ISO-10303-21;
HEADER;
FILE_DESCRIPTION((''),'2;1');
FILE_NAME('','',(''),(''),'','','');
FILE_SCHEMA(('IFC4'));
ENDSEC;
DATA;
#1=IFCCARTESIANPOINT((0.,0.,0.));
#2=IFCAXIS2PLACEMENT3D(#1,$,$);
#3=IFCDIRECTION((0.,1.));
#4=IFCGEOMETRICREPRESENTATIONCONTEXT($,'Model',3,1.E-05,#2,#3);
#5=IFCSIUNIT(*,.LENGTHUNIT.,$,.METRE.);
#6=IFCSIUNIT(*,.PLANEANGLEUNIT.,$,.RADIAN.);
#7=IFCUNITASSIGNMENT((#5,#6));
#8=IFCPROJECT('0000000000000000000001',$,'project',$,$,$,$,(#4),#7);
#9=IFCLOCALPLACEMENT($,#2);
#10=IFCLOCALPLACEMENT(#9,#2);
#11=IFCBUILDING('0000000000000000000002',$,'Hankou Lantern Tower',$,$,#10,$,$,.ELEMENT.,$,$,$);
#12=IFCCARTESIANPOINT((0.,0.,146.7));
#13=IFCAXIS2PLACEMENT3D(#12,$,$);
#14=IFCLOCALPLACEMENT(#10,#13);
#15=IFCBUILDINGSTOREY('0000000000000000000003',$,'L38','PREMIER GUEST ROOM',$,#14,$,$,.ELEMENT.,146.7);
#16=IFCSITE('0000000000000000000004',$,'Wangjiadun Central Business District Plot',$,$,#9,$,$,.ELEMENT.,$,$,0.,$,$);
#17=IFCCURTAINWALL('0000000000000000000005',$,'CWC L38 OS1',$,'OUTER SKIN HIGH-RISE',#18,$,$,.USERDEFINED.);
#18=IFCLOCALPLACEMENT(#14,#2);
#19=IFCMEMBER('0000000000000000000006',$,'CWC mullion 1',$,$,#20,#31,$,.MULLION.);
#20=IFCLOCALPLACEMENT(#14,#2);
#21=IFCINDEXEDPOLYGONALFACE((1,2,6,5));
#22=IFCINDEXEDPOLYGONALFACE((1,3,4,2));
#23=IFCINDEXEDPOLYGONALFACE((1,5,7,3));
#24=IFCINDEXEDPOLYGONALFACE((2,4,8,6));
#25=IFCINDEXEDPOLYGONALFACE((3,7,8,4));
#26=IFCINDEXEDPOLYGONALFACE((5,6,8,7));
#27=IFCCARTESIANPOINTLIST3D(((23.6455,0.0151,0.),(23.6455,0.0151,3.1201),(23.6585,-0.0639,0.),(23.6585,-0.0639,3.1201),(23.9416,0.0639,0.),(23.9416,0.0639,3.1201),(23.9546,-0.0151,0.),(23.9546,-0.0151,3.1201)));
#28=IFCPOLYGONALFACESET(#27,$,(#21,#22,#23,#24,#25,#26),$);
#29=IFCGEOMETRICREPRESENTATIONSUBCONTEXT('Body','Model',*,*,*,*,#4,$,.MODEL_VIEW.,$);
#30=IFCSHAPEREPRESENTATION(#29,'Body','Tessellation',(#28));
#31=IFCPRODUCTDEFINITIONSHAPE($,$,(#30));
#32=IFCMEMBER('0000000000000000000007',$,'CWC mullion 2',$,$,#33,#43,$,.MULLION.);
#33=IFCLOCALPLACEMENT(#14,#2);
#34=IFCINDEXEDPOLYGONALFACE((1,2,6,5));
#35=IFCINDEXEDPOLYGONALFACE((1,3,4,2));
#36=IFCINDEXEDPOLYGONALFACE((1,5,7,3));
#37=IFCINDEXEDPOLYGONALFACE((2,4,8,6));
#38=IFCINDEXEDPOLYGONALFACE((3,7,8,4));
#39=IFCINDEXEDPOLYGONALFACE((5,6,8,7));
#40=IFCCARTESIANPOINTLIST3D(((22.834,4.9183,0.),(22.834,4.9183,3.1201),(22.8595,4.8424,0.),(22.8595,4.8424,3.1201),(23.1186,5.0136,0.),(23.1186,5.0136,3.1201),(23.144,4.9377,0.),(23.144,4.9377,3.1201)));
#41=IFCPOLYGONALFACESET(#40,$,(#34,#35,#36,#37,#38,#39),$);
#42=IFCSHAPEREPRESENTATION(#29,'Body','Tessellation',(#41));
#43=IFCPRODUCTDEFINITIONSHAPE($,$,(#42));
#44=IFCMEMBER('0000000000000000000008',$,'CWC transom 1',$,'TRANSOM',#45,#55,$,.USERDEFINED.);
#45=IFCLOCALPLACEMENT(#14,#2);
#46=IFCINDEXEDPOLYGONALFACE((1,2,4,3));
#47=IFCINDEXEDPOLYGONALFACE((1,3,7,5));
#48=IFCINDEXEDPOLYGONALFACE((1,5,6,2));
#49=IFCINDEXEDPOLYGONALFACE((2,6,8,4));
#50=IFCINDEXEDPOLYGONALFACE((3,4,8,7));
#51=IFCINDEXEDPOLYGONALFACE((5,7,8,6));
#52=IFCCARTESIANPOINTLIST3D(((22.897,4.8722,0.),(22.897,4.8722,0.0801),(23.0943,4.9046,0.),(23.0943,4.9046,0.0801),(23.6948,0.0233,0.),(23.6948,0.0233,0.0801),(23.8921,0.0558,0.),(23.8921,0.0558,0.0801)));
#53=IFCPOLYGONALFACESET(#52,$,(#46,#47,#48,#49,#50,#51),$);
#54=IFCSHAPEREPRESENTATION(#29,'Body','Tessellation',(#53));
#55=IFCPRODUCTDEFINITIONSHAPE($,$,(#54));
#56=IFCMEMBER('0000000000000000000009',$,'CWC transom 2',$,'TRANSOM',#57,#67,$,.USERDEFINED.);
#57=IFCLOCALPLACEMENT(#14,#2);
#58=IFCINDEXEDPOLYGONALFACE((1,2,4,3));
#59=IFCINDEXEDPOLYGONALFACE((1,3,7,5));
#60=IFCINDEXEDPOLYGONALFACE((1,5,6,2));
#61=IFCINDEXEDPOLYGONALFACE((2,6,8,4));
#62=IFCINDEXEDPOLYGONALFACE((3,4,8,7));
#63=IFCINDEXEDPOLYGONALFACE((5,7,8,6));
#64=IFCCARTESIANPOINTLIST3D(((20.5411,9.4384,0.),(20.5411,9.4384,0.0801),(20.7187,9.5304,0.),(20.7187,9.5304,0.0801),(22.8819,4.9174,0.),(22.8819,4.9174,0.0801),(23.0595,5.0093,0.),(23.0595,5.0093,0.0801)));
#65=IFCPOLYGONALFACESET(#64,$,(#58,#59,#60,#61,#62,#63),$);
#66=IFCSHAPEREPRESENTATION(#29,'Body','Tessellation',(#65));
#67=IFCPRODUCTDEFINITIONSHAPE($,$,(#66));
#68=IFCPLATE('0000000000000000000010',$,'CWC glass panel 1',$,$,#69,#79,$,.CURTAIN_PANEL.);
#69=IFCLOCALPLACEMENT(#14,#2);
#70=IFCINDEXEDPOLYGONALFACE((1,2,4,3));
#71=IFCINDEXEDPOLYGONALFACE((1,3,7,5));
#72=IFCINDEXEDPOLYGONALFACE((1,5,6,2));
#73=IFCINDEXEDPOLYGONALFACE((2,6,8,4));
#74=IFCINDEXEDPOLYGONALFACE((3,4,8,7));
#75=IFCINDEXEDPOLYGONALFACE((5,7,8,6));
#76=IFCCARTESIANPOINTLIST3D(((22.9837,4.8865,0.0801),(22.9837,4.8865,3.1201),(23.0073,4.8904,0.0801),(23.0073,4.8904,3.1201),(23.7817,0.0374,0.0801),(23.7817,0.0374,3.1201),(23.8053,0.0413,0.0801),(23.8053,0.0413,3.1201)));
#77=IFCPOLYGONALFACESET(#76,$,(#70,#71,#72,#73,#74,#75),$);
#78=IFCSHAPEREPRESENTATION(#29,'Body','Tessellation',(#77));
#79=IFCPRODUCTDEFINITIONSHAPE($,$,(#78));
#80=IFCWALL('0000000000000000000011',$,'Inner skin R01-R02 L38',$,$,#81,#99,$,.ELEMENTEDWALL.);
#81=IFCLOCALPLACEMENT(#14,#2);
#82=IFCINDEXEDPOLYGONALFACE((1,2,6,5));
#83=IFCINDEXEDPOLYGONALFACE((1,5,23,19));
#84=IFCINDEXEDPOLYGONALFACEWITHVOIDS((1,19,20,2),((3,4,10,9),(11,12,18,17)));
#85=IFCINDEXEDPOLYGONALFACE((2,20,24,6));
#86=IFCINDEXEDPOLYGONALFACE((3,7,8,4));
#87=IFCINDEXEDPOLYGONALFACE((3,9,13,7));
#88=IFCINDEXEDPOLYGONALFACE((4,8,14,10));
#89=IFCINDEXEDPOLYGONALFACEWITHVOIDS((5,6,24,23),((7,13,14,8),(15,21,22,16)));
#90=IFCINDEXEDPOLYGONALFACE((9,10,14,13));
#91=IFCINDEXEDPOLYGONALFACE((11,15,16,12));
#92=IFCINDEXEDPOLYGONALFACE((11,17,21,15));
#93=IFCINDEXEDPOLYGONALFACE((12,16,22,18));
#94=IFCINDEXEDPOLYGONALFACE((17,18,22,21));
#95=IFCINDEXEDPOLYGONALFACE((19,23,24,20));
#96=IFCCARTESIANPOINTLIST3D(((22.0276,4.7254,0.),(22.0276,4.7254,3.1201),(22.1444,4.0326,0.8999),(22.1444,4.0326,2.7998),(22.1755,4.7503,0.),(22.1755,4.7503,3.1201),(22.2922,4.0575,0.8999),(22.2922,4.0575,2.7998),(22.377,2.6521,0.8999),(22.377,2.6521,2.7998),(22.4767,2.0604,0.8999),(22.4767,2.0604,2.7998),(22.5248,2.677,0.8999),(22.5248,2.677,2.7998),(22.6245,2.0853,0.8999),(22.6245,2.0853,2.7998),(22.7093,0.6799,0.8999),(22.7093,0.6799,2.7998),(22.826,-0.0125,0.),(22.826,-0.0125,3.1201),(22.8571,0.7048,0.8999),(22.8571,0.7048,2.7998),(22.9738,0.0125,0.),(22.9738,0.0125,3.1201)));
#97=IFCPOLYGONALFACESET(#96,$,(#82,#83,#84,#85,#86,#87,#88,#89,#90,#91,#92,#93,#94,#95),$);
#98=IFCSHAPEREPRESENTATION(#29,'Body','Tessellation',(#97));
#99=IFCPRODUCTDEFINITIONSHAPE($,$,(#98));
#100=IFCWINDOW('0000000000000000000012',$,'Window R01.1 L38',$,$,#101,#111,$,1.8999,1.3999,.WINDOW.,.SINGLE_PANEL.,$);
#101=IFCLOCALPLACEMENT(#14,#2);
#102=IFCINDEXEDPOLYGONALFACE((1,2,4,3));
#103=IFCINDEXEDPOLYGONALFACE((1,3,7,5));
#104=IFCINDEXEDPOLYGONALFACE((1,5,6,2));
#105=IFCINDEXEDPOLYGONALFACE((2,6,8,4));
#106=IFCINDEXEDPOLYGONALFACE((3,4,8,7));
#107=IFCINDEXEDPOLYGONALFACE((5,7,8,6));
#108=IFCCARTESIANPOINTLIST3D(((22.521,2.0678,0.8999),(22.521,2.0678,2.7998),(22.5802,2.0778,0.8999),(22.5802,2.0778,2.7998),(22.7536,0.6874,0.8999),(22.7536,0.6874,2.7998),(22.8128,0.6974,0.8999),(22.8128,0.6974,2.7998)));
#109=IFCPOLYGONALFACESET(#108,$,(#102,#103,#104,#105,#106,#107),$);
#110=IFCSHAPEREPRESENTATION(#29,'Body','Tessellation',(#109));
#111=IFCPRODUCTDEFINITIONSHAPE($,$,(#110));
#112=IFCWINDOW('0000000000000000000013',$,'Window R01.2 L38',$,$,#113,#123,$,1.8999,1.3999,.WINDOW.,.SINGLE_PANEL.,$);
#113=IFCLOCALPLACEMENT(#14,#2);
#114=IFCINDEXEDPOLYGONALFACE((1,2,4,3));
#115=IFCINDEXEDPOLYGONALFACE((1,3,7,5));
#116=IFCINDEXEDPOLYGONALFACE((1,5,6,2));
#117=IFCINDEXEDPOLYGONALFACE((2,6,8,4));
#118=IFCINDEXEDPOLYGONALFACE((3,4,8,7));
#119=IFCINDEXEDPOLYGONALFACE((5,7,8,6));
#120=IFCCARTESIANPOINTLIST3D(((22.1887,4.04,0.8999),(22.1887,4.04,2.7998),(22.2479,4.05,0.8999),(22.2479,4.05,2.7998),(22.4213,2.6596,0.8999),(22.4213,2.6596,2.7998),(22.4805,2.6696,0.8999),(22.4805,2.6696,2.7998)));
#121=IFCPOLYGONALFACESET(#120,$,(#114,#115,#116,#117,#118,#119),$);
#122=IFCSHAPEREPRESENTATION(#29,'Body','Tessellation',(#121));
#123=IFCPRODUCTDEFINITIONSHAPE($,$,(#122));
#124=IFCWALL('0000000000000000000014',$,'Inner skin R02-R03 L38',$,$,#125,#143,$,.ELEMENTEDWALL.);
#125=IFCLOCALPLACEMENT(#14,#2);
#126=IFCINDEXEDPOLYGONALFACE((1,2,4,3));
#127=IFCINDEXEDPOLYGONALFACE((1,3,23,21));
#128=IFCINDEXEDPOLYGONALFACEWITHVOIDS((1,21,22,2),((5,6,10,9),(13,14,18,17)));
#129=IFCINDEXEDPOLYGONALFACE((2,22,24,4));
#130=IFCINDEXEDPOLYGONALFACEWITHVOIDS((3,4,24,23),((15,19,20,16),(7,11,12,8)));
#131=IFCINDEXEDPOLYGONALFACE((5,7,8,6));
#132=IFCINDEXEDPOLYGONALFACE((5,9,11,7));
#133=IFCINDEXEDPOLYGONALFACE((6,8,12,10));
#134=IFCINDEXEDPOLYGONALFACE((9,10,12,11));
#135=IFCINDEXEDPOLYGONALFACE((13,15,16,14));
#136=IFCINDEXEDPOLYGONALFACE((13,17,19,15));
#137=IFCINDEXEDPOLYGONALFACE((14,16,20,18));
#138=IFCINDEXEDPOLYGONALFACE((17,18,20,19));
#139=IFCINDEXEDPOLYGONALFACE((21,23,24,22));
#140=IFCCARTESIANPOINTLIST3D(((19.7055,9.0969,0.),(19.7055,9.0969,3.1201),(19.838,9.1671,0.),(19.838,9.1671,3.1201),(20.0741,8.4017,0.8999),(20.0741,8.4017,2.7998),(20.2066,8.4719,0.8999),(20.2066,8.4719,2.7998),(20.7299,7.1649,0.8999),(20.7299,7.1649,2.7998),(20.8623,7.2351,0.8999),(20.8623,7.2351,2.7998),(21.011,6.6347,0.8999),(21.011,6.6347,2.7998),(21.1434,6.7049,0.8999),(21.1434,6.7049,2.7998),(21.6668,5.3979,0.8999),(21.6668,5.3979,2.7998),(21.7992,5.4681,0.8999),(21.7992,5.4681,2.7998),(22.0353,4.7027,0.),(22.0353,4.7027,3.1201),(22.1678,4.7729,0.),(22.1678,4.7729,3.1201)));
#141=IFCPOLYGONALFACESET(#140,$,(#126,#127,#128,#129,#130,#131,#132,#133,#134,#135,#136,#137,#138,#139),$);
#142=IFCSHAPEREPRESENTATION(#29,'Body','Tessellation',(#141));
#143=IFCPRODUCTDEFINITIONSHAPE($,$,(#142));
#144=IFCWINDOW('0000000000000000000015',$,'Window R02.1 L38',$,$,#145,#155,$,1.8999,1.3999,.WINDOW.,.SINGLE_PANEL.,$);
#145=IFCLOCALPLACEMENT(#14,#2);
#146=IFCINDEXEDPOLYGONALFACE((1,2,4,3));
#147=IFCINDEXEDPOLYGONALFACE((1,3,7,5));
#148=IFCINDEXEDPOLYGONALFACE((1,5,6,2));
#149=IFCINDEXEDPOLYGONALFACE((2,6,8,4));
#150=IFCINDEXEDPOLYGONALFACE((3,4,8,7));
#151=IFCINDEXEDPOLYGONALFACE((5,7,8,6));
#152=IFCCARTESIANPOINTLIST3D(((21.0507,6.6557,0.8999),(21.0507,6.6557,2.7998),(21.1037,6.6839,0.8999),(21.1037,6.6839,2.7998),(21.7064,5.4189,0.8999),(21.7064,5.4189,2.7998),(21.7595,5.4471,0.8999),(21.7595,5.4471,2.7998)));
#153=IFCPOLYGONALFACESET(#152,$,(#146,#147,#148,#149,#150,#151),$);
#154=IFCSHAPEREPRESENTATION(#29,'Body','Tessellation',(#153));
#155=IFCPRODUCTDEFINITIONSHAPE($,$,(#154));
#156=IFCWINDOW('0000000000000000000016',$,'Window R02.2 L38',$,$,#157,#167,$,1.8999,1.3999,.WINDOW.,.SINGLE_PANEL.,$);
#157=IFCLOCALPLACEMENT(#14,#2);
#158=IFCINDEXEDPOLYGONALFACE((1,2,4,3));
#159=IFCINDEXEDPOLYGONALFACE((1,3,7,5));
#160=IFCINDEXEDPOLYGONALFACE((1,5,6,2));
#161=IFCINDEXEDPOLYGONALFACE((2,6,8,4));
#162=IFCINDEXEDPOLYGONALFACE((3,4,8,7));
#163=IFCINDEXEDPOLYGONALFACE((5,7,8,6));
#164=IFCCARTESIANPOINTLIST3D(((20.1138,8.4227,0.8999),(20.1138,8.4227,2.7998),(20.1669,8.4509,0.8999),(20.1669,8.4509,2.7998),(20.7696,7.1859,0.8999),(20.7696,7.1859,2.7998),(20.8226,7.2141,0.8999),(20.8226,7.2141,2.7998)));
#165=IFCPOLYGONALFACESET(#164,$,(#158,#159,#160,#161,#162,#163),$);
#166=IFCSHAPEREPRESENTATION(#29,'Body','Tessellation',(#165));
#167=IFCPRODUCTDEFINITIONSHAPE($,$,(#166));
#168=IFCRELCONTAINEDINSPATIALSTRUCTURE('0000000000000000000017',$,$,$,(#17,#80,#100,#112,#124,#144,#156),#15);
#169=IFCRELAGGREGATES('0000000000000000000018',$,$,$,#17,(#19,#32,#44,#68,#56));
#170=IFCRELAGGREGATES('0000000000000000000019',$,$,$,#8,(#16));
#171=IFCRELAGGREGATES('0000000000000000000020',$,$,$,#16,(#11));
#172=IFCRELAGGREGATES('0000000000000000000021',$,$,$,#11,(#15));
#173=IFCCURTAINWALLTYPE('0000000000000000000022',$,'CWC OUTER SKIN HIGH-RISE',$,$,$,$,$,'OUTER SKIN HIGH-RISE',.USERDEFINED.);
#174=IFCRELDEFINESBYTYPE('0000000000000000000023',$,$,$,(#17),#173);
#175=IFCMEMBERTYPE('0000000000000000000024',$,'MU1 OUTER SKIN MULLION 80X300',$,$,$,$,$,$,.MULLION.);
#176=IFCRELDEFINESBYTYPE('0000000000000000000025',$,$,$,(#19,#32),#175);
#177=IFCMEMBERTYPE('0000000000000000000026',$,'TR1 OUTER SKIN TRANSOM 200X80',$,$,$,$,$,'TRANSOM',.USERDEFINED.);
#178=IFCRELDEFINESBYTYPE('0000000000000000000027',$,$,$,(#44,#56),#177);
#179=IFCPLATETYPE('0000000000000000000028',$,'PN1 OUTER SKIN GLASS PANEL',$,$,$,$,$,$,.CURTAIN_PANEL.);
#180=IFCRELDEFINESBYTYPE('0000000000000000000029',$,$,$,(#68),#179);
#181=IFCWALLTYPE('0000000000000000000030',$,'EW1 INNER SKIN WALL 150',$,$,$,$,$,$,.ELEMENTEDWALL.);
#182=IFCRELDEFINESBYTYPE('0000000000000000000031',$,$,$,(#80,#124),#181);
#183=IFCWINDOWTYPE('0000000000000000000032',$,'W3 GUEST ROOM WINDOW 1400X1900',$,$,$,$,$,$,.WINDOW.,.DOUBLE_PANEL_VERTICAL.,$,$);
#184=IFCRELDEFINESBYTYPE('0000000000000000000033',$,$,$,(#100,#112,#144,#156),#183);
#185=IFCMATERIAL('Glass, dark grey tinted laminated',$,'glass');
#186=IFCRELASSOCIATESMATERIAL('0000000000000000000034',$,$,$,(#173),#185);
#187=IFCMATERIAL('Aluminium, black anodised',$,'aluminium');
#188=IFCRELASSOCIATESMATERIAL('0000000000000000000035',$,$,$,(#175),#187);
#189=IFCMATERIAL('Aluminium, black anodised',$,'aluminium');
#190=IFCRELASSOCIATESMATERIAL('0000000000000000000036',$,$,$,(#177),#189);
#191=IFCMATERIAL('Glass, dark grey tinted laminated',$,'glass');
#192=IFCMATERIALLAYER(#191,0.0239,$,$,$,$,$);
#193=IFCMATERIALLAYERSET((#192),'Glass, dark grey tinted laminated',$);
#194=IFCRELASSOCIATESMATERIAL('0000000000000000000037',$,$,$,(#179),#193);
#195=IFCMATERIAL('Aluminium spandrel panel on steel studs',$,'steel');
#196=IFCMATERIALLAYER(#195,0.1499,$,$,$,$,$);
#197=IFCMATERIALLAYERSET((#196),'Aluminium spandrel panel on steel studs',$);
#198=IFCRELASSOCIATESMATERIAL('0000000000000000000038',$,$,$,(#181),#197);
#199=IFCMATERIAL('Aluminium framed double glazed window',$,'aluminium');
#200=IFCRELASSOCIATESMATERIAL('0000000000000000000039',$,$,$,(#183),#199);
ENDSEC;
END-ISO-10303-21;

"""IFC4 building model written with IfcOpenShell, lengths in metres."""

from ifc_helpers import new_model, si_unit, direction, frame, frame_2d, origin, origin_2d, place, context, subcontext, project, spatial, rectangle, extrude, material, layer, layer_set, material_profile, profile_set, type_object, element, fill, aggregate, save


model = new_model("IFC4")

# Units and contexts
model_context = context("Model", 3, precision=1e-05, world=origin(), true_north=direction((0.0, 1.0)))
body_context = subcontext(model_context, "Body", "Model", "MODEL_VIEW")
ifc_project = project(units=[si_unit("LENGTHUNIT", "METRE"), si_unit("PLANEANGLEUNIT", "RADIAN")], contexts=[model_context])

# Site, building, storey
site_placement = place(None, origin())
site = spatial("IfcSite", under=ifc_project, at=site_placement, Name="Wangjiadun Central Business District Plot", CompositionType="ELEMENT", RefElevation=0.0)
building_placement = place(site_placement, origin())
building = spatial("IfcBuilding", under=site, at=building_placement, Name="Hankou Lantern Tower", CompositionType="ELEMENT")
storey_placement = place(building_placement, frame((0.0, 0.0, 146.7)))
storey = spatial("IfcBuildingStorey", under=building, at=storey_placement, Name="L38", Description="PREMIER GUEST ROOM", CompositionType="ELEMENT", Elevation=146.7)

# Curtain wall, members, plate
ifc_material_1 = material(Name="Glass, dark grey tinted laminated", Category="glass")
curtain_wall_type = type_object("IfcCurtainWallType", Name="CWC OUTER SKIN HIGH-RISE", ElementType="OUTER SKIN HIGH-RISE", PredefinedType="USERDEFINED", material=ifc_material_1)
curtain_wall_placement = place(storey_placement, origin())
curtain_wall = element("IfcCurtainWall", 1, at=curtain_wall_placement, inside=storey, type_object=curtain_wall_type, Name="CWC L38 OS1", ObjectType="OUTER SKIN HIGH-RISE", PredefinedType="USERDEFINED")
ifc_material_2 = material(Name="Aluminium, black anodised", Category="aluminium")
ifc_material_profile_1 = material_profile(ifc_material_2, rectangle(XDim=0.0801, YDim=0.3, at=origin_2d()), Name="MU1 80X300")
ifc_profile_set_1 = profile_set([ifc_material_profile_1], Name="Aluminium, black anodised")
member_type_1 = type_object("IfcMemberType", Name="MU1 OUTER SKIN MULLION 80X300", PredefinedType="MULLION", material=ifc_profile_set_1)
member_1_placement = place(storey_placement, frame((23.8, 0.0, 0.0), z_axis=(0.0, 0.0, 1.0), x_axis=(-0.162382, 0.986728, 0.0)))
member_1 = element("IfcMember", 2, at=member_1_placement, type_object=member_type_1, Name="CWC mullion 1", PredefinedType="MULLION", context=body_context, shape_type="SweptSolid", body=[
    extrude(rectangle(XDim=0.0801, YDim=0.3, at=origin_2d()), origin(), (0.0, 0.0, 1.0), 3.1201),
])
member_2_placement = place(storey_placement, frame((22.989, 4.928, 0.0), z_axis=(0.0, 0.0, 1.0), x_axis=(-0.317596, 0.948226, 0.0)))
member_2 = element("IfcMember", 3, at=member_2_placement, type_object=member_type_1, Name="CWC mullion 2", PredefinedType="MULLION", context=body_context, shape_type="SweptSolid", body=[
    extrude(rectangle(XDim=0.0801, YDim=0.3, at=origin_2d()), origin(), (0.0, 0.0, 1.0), 3.1201),
])
ifc_material_3 = material(Name="Aluminium, black anodised", Category="aluminium")
ifc_material_profile_2 = material_profile(ifc_material_3, rectangle(XDim=0.2, YDim=0.0801, at=origin_2d()), Name="TR1 200X80")
ifc_profile_set_2 = profile_set([ifc_material_profile_2], Name="Aluminium, black anodised")
member_type_2 = type_object("IfcMemberType", Name="TR1 OUTER SKIN TRANSOM 200X80", ElementType="TRANSOM", PredefinedType="USERDEFINED", material=ifc_profile_set_2)
member_3_placement = place(storey_placement, frame((23.7935, 0.0396, 0.04), z_axis=(-0.16236, 0.986732, 0.0), x_axis=(-0.986732, -0.16236, 0.0)))
member_3 = element("IfcMember", 4, at=member_3_placement, type_object=member_type_2, Name="CWC transom 1", ObjectType="TRANSOM", PredefinedType="USERDEFINED", context=body_context, shape_type="SweptSolid", body=[
    extrude(rectangle(XDim=0.2, YDim=0.0801, at=origin_2d()), origin(), (0.0, 0.0, 1.0), 4.9141),
])
member_4_placement = place(storey_placement, frame((22.9707, 4.9634, 0.04), z_axis=(-0.459791, 0.888027, 0.0), x_axis=(-0.888027, -0.459791, 0.0)))
member_4 = element("IfcMember", 5, at=member_4_placement, type_object=member_type_2, Name="CWC transom 2", ObjectType="TRANSOM", PredefinedType="USERDEFINED", context=body_context, shape_type="SweptSolid", body=[
    extrude(rectangle(XDim=0.2, YDim=0.0801, at=origin_2d()), origin(), (0.0, 0.0, 1.0), 5.0911),
])
ifc_material_4 = material(Name="Glass, dark grey tinted laminated", Category="glass")
ifc_layer_1 = layer(ifc_material_4, 0.0239)
ifc_layer_set_1 = layer_set([ifc_layer_1], Name="Glass, dark grey tinted laminated")
plate_type = type_object("IfcPlateType", Name="PN1 OUTER SKIN GLASS PANEL", PredefinedType="CURTAIN_PANEL", material=ifc_layer_set_1)
plate_placement = place(storey_placement, frame((23.3945, 2.4639, 0.0801), z_axis=(0.0, 0.0, 1.0), x_axis=(-0.162382, 0.986728, 0.0)))
plate = element("IfcPlate", 6, at=plate_placement, type_object=plate_type, Name="CWC glass panel 1", PredefinedType="CURTAIN_PANEL", context=body_context, shape_type="SweptSolid", body=[
    extrude(rectangle(XDim=4.9143, YDim=0.0239, at=origin_2d()), origin(), (0.0, 0.0, 1.0), 3.04),
])
aggregate(curtain_wall, [member_1, member_2, member_3, plate, member_4])

# Walls, openings, windows
ifc_material_5 = material(Name="Aluminium spandrel panel on steel studs", Category="steel")
ifc_layer_2 = layer(ifc_material_5, 0.1499)
ifc_layer_set_2 = layer_set([ifc_layer_2], Name="Aluminium spandrel panel on steel studs")
wall_type_1 = type_object("IfcWallType", Name="EW1 INNER SKIN WALL 150", PredefinedType="ELEMENTEDWALL", material=ifc_layer_set_2)
wall_1_placement = place(storey_placement, frame((22.8999, 0.0, 0.0), z_axis=(0.0, 0.0, 1.0), x_axis=(-0.166162, 0.986098, 0.0)))
wall_1 = element("IfcWall", 7, at=wall_1_placement, inside=storey, type_object=wall_type_1, Name="Inner skin R01-R02 L38", PredefinedType="ELEMENTEDWALL", context=body_context, shape_type="SweptSolid", body=[
    extrude(rectangle(XDim=4.8047, YDim=0.1499, at=frame_2d((2.4023, 0.0))), origin(), (0.0, 0.0, 1.0), 3.1201),
])
opening_1_placement = place(wall_1_placement, frame((0.7021, 0.0, 0.8999)))
opening_1 = element("IfcOpeningElement", 8, at=opening_1_placement, cuts=wall_1, PredefinedType="OPENING", context=body_context, shape_type="SweptSolid", body=[
    extrude(rectangle(XDim=1.3999, YDim=1.8999, at=frame_2d((0.7, 0.95))), frame((0.0, 0.085, 0.0), z_axis=(0.0, -1.0, 0.0), x_axis=(1.0, 0.0, 0.0)), (0.0, 0.0, 1.0), 0.1699),
])
opening_2_placement = place(wall_1_placement, frame((2.7021, 0.0, 0.8999)))
opening_2 = element("IfcOpeningElement", 9, at=opening_2_placement, cuts=wall_1, PredefinedType="OPENING", context=body_context, shape_type="SweptSolid", body=[
    extrude(rectangle(XDim=1.3999, YDim=1.8999, at=frame_2d((0.7, 0.95))), frame((0.0, 0.085, 0.0), z_axis=(0.0, -1.0, 0.0), x_axis=(1.0, 0.0, 0.0)), (0.0, 0.0, 1.0), 0.1699),
])
ifc_material_6 = material(Name="Aluminium framed double glazed window", Category="aluminium")
window_type = type_object("IfcWindowType", Name="W3 GUEST ROOM WINDOW 1400X1900", PartitioningType="DOUBLE_PANEL_VERTICAL", PredefinedType="WINDOW", material=ifc_material_6)
window_1_placement = place(opening_1_placement, origin())
window_1 = element("IfcWindow", 10, at=window_1_placement, inside=storey, type_object=window_type, Name="Window R01.1 L38", OverallHeight=1.8999, OverallWidth=1.3999, PartitioningType="SINGLE_PANEL", PredefinedType="WINDOW", context=body_context, shape_type="SweptSolid", body=[
    extrude(rectangle(XDim=1.3999, YDim=1.8999, at=frame_2d((0.7, 0.95))), frame((0.0, 0.03, 0.0), z_axis=(0.0, -1.0, 0.0), x_axis=(1.0, 0.0, 0.0)), (0.0, 0.0, 1.0), 0.0601),
])
fill(opening_1, window_1)
window_2_placement = place(opening_2_placement, origin())
window_2 = element("IfcWindow", 11, at=window_2_placement, inside=storey, type_object=window_type, Name="Window R01.2 L38", OverallHeight=1.8999, OverallWidth=1.3999, PartitioningType="SINGLE_PANEL", PredefinedType="WINDOW", context=body_context, shape_type="SweptSolid", body=[
    extrude(rectangle(XDim=1.3999, YDim=1.8999, at=frame_2d((0.7, 0.95))), frame((0.0, 0.03, 0.0), z_axis=(0.0, -1.0, 0.0), x_axis=(1.0, 0.0, 0.0)), (0.0, 0.0, 1.0), 0.0601),
])
fill(opening_2, window_2)
wall_2_placement = place(storey_placement, frame((22.1016, 4.7378, 0.0), z_axis=(0.0, 0.0, 1.0), x_axis=(-0.468429, 0.883501, 0.0)))
wall_2 = element("IfcWall", 12, at=wall_2_placement, inside=storey, type_object=wall_type_1, Name="Inner skin R02-R03 L38", PredefinedType="ELEMENTEDWALL", context=body_context, shape_type="SweptSolid", body=[
    extrude(rectangle(XDim=4.9736, YDim=0.1499, at=frame_2d((2.4868, 0.0))), origin(), (0.0, 0.0, 1.0), 3.1201),
])
opening_3_placement = place(wall_2_placement, frame((0.7869, 0.0, 0.8999)))
opening_3 = element("IfcOpeningElement", 13, at=opening_3_placement, cuts=wall_2, PredefinedType="OPENING", context=body_context, shape_type="SweptSolid", body=[
    extrude(rectangle(XDim=1.3999, YDim=1.8999, at=frame_2d((0.7, 0.95))), frame((0.0, 0.085, 0.0), z_axis=(0.0, -1.0, 0.0), x_axis=(1.0, 0.0, 0.0)), (0.0, 0.0, 1.0), 0.1699),
])
opening_4_placement = place(wall_2_placement, frame((2.7869, 0.0, 0.8999)))
opening_4 = element("IfcOpeningElement", 14, at=opening_4_placement, cuts=wall_2, PredefinedType="OPENING", context=body_context, shape_type="SweptSolid", body=[
    extrude(rectangle(XDim=1.3999, YDim=1.8999, at=frame_2d((0.7, 0.95))), frame((0.0, 0.085, 0.0), z_axis=(0.0, -1.0, 0.0), x_axis=(1.0, 0.0, 0.0)), (0.0, 0.0, 1.0), 0.1699),
])
window_3_placement = place(opening_3_placement, origin())
window_3 = element("IfcWindow", 15, at=window_3_placement, inside=storey, type_object=window_type, Name="Window R02.1 L38", OverallHeight=1.8999, OverallWidth=1.3999, PartitioningType="SINGLE_PANEL", PredefinedType="WINDOW", context=body_context, shape_type="SweptSolid", body=[
    extrude(rectangle(XDim=1.3999, YDim=1.8999, at=frame_2d((0.7, 0.95))), frame((0.0, 0.03, 0.0), z_axis=(0.0, -1.0, 0.0), x_axis=(1.0, 0.0, 0.0)), (0.0, 0.0, 1.0), 0.0601),
])
fill(opening_3, window_3)
window_4_placement = place(opening_4_placement, origin())
window_4 = element("IfcWindow", 16, at=window_4_placement, inside=storey, type_object=window_type, Name="Window R02.2 L38", OverallHeight=1.8999, OverallWidth=1.3999, PartitioningType="SINGLE_PANEL", PredefinedType="WINDOW", context=body_context, shape_type="SweptSolid", body=[
    extrude(rectangle(XDim=1.3999, YDim=1.8999, at=frame_2d((0.7, 0.95))), frame((0.0, 0.03, 0.0), z_axis=(0.0, -1.0, 0.0), x_axis=(1.0, 0.0, 0.0)), (0.0, 0.0, 1.0), 0.0601),
])
fill(opening_4, window_4)

save(model, "model.ifc")
